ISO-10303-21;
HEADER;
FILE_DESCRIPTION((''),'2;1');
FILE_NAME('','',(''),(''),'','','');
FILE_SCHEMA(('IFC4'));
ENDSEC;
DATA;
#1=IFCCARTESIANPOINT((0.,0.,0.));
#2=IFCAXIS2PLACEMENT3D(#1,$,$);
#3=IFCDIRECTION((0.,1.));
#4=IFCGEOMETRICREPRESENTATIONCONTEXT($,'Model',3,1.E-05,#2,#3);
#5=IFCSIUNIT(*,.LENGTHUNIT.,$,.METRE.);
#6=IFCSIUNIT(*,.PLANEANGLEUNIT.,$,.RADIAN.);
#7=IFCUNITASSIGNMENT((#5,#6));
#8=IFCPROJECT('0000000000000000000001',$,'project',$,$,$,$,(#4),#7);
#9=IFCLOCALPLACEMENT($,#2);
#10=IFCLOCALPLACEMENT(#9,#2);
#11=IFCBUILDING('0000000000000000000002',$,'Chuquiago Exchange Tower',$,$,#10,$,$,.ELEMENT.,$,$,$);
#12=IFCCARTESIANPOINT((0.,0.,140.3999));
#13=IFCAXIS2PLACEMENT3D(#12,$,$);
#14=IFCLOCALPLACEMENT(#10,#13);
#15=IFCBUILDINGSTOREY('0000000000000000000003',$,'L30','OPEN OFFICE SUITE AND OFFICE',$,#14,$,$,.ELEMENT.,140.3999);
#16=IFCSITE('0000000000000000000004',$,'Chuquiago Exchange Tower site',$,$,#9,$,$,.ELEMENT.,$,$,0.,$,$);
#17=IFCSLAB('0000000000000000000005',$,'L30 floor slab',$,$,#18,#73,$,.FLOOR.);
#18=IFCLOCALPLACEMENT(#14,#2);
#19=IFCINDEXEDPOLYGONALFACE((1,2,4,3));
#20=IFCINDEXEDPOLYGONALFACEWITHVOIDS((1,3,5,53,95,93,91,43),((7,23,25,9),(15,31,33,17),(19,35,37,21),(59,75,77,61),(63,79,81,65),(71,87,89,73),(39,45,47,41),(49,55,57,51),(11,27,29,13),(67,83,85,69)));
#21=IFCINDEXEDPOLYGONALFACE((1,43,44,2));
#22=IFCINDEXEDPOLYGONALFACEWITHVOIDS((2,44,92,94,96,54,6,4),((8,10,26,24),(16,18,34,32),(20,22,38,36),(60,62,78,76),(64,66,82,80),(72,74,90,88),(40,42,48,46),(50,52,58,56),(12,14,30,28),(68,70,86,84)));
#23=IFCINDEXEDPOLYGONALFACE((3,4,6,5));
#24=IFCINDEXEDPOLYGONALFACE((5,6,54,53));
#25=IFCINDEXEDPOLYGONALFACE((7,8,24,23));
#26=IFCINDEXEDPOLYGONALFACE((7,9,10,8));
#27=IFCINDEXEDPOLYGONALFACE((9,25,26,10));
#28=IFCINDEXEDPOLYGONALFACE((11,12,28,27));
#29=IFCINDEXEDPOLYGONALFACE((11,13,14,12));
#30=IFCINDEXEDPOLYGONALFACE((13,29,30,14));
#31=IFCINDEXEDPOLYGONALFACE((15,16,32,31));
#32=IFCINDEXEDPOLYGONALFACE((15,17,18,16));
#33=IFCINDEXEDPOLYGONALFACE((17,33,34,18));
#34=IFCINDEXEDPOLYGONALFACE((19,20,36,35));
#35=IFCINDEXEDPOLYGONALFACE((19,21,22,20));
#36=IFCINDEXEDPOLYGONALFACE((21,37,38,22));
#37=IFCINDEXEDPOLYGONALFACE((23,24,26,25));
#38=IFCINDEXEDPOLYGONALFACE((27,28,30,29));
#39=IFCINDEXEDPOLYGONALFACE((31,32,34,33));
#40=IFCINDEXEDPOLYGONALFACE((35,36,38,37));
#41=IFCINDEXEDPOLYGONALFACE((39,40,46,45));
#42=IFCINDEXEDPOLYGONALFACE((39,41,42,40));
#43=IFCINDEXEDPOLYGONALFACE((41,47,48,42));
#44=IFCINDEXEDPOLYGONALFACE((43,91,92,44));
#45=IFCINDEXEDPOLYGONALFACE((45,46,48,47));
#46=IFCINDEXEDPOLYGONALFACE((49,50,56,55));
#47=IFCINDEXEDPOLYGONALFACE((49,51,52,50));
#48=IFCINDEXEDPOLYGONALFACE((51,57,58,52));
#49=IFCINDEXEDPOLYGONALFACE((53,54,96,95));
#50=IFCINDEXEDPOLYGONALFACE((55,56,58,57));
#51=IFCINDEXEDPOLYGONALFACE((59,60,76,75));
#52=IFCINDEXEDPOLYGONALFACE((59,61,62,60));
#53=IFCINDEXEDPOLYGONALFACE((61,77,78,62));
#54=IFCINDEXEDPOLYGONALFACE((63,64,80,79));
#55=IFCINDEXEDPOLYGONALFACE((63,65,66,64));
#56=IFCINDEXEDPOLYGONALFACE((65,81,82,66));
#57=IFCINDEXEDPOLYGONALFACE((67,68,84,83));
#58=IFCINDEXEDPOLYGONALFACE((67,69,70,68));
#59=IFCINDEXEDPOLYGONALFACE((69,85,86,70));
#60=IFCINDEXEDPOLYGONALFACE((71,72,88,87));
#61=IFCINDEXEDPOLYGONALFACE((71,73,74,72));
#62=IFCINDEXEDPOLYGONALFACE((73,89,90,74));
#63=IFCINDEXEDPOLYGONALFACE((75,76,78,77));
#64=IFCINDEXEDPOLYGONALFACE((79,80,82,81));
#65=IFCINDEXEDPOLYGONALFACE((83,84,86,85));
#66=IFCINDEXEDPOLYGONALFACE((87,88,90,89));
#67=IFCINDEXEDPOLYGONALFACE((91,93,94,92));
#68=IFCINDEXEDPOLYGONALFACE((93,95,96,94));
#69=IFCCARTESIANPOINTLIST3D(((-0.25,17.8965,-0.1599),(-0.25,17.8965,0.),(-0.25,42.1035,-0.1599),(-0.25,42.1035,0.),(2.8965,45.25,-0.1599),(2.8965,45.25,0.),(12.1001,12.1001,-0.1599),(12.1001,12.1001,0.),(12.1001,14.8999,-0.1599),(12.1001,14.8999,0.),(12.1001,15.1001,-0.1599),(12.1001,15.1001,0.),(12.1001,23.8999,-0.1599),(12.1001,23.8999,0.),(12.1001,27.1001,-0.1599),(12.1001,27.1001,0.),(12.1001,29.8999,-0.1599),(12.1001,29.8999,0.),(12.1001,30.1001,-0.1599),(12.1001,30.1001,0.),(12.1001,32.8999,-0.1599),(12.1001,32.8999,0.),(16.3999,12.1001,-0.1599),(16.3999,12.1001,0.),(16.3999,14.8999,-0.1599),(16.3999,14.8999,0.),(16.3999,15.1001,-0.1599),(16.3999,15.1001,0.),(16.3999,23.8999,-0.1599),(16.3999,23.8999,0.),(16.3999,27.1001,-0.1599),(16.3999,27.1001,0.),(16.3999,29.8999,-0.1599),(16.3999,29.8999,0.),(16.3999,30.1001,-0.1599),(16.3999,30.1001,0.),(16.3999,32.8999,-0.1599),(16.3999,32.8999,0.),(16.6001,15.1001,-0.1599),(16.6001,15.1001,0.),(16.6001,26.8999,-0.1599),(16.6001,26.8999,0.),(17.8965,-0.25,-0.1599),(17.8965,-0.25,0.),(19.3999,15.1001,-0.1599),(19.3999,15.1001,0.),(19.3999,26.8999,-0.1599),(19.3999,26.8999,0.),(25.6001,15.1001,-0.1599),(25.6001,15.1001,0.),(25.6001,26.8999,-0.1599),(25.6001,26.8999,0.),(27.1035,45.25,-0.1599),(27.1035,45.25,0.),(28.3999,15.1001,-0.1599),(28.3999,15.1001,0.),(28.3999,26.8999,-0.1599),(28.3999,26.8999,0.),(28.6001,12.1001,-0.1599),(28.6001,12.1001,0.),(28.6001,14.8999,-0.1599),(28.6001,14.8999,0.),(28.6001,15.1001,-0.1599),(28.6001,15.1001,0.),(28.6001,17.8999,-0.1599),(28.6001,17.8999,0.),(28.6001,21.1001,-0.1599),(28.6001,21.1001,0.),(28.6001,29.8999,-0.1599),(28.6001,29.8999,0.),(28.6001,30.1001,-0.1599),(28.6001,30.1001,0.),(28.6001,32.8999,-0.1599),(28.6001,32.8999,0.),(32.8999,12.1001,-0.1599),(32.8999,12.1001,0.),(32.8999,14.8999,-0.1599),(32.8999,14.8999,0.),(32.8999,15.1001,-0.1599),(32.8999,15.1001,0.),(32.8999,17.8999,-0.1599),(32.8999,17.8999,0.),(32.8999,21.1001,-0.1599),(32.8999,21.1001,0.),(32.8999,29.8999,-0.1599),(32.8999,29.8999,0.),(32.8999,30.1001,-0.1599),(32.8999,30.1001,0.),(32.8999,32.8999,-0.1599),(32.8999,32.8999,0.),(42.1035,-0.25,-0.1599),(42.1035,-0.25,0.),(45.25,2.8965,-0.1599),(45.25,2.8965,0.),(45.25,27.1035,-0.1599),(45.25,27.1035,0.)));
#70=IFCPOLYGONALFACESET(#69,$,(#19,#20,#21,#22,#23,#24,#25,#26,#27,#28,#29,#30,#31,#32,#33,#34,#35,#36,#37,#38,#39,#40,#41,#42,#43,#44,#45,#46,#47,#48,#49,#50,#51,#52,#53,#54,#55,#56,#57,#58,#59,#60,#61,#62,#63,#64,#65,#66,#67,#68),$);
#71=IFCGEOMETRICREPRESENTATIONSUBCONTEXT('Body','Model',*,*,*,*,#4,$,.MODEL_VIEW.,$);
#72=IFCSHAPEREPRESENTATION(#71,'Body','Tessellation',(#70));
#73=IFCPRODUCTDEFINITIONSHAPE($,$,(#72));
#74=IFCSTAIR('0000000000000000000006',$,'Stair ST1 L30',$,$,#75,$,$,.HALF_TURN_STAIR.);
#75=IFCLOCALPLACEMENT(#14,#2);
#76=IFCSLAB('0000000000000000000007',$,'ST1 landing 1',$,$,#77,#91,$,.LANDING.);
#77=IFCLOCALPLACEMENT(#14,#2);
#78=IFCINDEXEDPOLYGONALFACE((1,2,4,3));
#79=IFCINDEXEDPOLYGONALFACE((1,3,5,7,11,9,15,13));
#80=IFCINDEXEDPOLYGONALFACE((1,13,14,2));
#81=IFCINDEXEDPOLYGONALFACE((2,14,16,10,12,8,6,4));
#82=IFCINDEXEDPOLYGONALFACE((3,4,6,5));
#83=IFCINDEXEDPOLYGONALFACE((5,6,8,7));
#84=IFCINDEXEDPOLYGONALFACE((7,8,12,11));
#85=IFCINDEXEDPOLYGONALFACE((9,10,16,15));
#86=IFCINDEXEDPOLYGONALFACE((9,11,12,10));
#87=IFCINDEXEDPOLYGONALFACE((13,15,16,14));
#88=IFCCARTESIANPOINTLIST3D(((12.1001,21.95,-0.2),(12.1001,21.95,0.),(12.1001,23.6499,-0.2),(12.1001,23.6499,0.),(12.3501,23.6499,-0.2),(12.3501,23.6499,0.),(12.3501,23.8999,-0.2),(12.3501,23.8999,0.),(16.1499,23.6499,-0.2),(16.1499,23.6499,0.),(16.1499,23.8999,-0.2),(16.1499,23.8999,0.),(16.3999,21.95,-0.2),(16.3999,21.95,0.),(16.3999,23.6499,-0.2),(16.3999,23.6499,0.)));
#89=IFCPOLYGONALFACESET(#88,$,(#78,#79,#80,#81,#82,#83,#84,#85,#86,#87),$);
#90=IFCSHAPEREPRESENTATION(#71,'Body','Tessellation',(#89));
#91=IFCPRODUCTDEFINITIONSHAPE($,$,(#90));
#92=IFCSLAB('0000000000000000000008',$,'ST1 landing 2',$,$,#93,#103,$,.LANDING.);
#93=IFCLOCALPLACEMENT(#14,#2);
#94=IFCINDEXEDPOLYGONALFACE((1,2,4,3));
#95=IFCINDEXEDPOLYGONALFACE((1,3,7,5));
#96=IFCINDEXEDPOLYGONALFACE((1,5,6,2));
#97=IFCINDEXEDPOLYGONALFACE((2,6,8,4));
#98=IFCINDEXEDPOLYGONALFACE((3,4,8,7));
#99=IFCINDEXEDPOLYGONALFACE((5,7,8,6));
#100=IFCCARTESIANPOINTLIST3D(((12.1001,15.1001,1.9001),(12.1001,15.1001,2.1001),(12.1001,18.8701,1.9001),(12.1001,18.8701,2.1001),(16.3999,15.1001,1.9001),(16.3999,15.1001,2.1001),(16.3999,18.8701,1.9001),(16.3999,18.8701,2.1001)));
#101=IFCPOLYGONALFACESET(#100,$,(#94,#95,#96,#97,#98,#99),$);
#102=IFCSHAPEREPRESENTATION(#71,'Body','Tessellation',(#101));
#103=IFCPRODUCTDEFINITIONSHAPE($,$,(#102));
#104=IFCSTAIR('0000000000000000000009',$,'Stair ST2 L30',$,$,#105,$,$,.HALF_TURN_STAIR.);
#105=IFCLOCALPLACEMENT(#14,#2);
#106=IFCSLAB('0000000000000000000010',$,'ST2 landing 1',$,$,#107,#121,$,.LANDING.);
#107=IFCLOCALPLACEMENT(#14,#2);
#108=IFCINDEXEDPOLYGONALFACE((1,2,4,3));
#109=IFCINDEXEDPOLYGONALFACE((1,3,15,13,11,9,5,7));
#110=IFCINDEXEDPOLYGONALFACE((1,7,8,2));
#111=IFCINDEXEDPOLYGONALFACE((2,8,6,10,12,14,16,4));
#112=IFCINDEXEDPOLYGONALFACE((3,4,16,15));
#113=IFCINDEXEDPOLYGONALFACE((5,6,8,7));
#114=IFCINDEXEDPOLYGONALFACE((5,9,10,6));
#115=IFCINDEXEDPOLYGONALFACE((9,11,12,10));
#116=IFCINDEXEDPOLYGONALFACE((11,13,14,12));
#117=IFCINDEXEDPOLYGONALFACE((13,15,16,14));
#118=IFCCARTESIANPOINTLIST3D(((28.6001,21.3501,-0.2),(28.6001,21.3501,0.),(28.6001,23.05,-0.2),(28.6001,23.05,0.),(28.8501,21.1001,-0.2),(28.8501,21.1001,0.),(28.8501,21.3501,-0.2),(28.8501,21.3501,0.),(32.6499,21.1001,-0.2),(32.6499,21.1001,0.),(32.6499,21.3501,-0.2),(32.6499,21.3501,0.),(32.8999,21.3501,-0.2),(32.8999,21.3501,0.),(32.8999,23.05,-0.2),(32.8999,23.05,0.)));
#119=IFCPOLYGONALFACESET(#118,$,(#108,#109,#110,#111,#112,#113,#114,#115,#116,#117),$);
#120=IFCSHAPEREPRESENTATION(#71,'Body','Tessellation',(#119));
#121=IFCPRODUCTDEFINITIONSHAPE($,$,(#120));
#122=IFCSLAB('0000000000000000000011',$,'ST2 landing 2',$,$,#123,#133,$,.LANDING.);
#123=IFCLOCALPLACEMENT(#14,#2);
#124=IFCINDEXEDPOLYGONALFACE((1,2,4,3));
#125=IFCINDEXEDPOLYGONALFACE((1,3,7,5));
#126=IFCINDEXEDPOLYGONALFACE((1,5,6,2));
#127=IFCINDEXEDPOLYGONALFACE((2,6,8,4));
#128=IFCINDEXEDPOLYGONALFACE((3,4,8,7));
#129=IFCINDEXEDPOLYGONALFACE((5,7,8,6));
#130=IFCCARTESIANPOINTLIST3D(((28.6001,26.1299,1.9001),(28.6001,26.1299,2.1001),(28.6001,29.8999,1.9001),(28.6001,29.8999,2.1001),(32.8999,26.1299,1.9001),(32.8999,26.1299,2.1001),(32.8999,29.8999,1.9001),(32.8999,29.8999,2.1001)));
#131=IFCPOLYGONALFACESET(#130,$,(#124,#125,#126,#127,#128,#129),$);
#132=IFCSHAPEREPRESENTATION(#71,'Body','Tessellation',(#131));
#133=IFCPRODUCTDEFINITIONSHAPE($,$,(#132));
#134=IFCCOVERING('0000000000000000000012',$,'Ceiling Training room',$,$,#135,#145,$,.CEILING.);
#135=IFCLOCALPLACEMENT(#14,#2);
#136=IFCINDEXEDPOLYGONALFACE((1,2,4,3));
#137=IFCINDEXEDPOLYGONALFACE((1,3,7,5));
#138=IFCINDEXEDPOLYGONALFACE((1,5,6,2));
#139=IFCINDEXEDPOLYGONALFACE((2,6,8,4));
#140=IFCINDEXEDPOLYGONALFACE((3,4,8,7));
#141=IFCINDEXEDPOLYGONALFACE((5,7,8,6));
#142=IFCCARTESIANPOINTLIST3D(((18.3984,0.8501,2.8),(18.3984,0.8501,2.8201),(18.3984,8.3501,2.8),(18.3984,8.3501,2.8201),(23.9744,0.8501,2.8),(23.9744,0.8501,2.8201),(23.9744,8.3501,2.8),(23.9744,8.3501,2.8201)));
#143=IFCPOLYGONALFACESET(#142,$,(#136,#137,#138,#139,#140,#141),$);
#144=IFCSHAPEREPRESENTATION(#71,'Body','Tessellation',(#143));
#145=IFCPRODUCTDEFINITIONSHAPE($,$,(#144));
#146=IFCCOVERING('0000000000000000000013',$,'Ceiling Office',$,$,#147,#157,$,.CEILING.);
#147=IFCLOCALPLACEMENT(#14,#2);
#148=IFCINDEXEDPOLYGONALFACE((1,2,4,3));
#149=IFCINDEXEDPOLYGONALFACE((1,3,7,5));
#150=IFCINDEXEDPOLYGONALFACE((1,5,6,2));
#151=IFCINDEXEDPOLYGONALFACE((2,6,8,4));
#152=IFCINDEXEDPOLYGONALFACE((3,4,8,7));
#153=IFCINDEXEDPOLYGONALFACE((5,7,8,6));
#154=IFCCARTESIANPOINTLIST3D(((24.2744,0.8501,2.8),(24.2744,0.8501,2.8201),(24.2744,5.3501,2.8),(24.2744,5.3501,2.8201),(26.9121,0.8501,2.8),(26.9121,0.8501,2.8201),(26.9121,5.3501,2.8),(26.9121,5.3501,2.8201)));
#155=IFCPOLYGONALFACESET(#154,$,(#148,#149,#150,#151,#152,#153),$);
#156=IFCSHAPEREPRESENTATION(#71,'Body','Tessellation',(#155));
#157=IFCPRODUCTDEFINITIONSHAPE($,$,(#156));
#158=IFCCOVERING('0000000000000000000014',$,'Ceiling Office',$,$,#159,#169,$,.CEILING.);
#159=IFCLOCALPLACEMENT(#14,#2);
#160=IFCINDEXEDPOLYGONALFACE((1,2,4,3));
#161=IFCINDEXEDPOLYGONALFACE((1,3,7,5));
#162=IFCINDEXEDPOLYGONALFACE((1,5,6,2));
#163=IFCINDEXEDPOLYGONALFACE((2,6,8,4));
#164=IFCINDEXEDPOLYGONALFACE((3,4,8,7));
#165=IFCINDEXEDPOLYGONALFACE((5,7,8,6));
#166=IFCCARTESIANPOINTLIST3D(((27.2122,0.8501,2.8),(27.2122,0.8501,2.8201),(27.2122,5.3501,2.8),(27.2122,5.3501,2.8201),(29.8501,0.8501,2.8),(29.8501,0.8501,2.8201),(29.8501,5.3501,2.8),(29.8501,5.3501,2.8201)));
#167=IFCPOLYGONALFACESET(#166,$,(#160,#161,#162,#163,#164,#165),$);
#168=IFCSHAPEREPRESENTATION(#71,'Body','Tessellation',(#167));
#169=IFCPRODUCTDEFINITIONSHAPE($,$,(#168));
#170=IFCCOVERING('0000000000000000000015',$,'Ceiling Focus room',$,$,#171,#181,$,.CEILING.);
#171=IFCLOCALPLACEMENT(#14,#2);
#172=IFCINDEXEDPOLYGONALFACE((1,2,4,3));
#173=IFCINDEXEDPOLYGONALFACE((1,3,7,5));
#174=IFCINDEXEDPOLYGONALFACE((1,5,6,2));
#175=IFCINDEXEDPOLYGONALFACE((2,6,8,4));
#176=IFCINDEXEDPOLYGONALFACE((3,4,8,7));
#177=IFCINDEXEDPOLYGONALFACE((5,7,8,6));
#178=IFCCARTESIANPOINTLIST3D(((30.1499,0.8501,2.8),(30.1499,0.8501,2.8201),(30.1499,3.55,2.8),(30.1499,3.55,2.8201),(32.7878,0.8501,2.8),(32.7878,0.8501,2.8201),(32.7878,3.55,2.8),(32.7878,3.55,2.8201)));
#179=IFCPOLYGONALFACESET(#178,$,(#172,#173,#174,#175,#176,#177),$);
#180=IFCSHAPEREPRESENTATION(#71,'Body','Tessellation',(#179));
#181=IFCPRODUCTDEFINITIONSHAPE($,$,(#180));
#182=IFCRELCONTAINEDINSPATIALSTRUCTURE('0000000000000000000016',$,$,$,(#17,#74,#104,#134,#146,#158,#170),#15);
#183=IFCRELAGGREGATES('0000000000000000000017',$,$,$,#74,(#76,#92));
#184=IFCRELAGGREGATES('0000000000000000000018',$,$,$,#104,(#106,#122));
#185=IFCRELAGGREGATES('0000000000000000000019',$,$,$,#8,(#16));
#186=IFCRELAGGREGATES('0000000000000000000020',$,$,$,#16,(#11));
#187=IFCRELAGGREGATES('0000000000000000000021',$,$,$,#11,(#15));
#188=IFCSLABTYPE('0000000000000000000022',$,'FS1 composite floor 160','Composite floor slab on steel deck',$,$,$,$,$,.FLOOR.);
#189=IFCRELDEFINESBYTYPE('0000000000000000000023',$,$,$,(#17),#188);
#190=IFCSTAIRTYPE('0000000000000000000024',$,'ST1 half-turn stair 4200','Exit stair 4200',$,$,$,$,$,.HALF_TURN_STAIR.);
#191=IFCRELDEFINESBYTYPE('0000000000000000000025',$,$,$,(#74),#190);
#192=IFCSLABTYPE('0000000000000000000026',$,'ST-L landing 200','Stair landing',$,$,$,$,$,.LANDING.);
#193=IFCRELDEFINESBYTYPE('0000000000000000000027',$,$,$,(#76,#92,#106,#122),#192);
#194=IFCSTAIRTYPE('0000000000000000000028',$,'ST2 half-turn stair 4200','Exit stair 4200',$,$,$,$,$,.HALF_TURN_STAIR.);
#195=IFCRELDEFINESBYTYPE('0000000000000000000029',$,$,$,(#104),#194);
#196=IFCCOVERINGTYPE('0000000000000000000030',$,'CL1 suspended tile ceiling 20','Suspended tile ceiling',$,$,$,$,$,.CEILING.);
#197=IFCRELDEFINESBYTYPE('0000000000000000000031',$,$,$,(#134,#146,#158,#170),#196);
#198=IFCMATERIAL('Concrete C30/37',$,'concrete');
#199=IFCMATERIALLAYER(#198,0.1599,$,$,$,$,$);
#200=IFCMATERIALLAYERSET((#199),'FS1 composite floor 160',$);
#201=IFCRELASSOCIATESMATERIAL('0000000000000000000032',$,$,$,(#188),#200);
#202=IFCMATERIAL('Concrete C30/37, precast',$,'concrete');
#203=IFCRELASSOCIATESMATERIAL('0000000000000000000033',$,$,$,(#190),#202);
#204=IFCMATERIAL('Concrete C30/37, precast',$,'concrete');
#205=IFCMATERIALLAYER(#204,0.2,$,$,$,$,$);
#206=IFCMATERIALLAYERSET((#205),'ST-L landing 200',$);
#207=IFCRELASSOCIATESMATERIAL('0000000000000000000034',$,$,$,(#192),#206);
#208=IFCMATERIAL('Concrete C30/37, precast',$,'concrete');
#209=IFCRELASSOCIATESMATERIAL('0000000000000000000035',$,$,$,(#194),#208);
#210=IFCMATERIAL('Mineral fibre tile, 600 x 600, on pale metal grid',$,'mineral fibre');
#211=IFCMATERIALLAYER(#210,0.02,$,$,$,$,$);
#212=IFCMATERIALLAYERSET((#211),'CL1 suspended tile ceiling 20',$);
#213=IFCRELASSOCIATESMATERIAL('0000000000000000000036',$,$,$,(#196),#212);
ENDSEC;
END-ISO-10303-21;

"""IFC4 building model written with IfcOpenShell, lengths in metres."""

from ifc_helpers import new_model, si_unit, direction, frame, origin, place, context, subcontext, project, spatial, polyline, outline, extrude, material, layer, layer_set, type_object, element, aggregate, save


model = new_model("IFC4")

# Units and contexts
model_context = context("Model", 3, precision=1e-05, world=origin(), true_north=direction((0.0, 1.0)))
body_context = subcontext(model_context, "Body", "Model", "MODEL_VIEW")
ifc_project = project(units=[si_unit("LENGTHUNIT", "METRE"), si_unit("PLANEANGLEUNIT", "RADIAN")], contexts=[model_context])

# Site, building, storey
site_placement = place(None, origin())
site = spatial("IfcSite", under=ifc_project, at=site_placement, Name="Chuquiago Exchange Tower site", CompositionType="ELEMENT", RefElevation=0.0)
building_placement = place(site_placement, origin())
building = spatial("IfcBuilding", under=site, at=building_placement, Name="Chuquiago Exchange Tower", CompositionType="ELEMENT")
storey_placement = place(building_placement, frame((0.0, 0.0, 140.3999)))
storey = spatial("IfcBuildingStorey", under=building, at=storey_placement, Name="L30", Description="OPEN OFFICE SUITE AND OFFICE", CompositionType="ELEMENT", Elevation=140.3999)

# Slab
ifc_material_1 = material(Name="Concrete C30/37", Category="concrete")
ifc_layer_1 = layer(ifc_material_1, 0.1599)
ifc_layer_set_1 = layer_set([ifc_layer_1], Name="FS1 composite floor 160")
slab_type_1 = type_object("IfcSlabType", Name="FS1 composite floor 160", Description="Composite floor slab on steel deck", PredefinedType="FLOOR", material=ifc_layer_set_1)
slab_1_placement = place(storey_placement, frame((0.0, 0.0, -0.1599)))
element("IfcSlab", 1, at=slab_1_placement, inside=storey, type_object=slab_type_1, Name="L30 floor slab", PredefinedType="FLOOR", context=body_context, shape_type="SweptSolid", body=[
    extrude(outline(polyline([(17.8965, -0.25), (-0.25, 17.8965), (-0.25, 42.1035), (2.8965, 45.25), (27.1035, 45.25), (45.25, 27.1035), (45.25, 2.8965), (42.1035, -0.25), (17.8965, -0.25)]), holes=[polyline([(16.3999, 15.1001), (12.1001, 15.1001), (12.1001, 23.8999), (16.3999, 23.8999), (16.3999, 15.1001)]), polyline([(32.8999, 21.1001), (28.6001, 21.1001), (28.6001, 29.8999), (32.8999, 29.8999), (32.8999, 21.1001)]), polyline([(16.3999, 12.1001), (12.1001, 12.1001), (12.1001, 14.8999), (16.3999, 14.8999), (16.3999, 12.1001)]), polyline([(16.3999, 30.1001), (12.1001, 30.1001), (12.1001, 32.8999), (16.3999, 32.8999), (16.3999, 30.1001)]), polyline([(32.8999, 12.1001), (28.6001, 12.1001), (28.6001, 14.8999), (32.8999, 14.8999), (32.8999, 12.1001)]), polyline([(32.8999, 30.1001), (28.6001, 30.1001), (28.6001, 32.8999), (32.8999, 32.8999), (32.8999, 30.1001)]), polyline([(16.3999, 27.1001), (12.1001, 27.1001), (12.1001, 29.8999), (16.3999, 29.8999), (16.3999, 27.1001)]), polyline([(32.8999, 15.1001), (28.6001, 15.1001), (28.6001, 17.8999), (32.8999, 17.8999), (32.8999, 15.1001)]), polyline([(19.3999, 15.1001), (16.6001, 15.1001), (16.6001, 26.8999), (19.3999, 26.8999), (19.3999, 15.1001)]), polyline([(28.3999, 15.1001), (25.6001, 15.1001), (25.6001, 26.8999), (28.3999, 26.8999), (28.3999, 15.1001)])]), origin(), (0.0, 0.0, 1.0), 0.1599),
])

# Stairs, slabs
ifc_material_2 = material(Name="Concrete C30/37, precast", Category="concrete")
stair_type_1 = type_object("IfcStairType", Name="ST1 half-turn stair 4200", Description="Exit stair 4200", PredefinedType="HALF_TURN_STAIR", material=ifc_material_2)
stair_1_placement = place(storey_placement, origin())
stair_1 = element("IfcStair", 2, at=stair_1_placement, inside=storey, type_object=stair_type_1, Name="Stair ST1 L30", PredefinedType="HALF_TURN_STAIR")
ifc_material_3 = material(Name="Concrete C30/37, precast", Category="concrete")
ifc_layer_2 = layer(ifc_material_3, 0.2)
ifc_layer_set_2 = layer_set([ifc_layer_2], Name="ST-L landing 200")
slab_type_2 = type_object("IfcSlabType", Name="ST-L landing 200", Description="Stair landing", PredefinedType="LANDING", material=ifc_layer_set_2)
slab_2_placement = place(storey_placement, frame((0.0, 0.0, -0.2)))
slab_2 = element("IfcSlab", 3, at=slab_2_placement, type_object=slab_type_2, Name="ST1 landing 1", PredefinedType="LANDING", context=body_context, shape_type="SweptSolid", body=[
    extrude(outline(polyline([(12.3501, 23.8999), (16.1499, 23.8999), (16.1499, 23.6499), (16.3999, 23.6499), (16.3999, 21.95), (12.1001, 21.95), (12.1001, 23.6499), (12.3501, 23.6499), (12.3501, 23.8999)])), origin(), (0.0, 0.0, 1.0), 0.2),
])
slab_3_placement = place(storey_placement, frame((0.0, 0.0, 1.9001)))
slab_3 = element("IfcSlab", 4, at=slab_3_placement, type_object=slab_type_2, Name="ST1 landing 2", PredefinedType="LANDING", context=body_context, shape_type="SweptSolid", body=[
    extrude(outline(polyline([(12.1001, 18.8701), (16.3999, 18.8701), (16.3999, 15.1001), (12.1001, 15.1001), (12.1001, 18.8701)])), origin(), (0.0, 0.0, 1.0), 0.2),
])
aggregate(stair_1, [slab_2, slab_3])
ifc_material_4 = material(Name="Concrete C30/37, precast", Category="concrete")
stair_type_2 = type_object("IfcStairType", Name="ST2 half-turn stair 4200", Description="Exit stair 4200", PredefinedType="HALF_TURN_STAIR", material=ifc_material_4)
stair_2_placement = place(storey_placement, origin())
stair_2 = element("IfcStair", 5, at=stair_2_placement, inside=storey, type_object=stair_type_2, Name="Stair ST2 L30", PredefinedType="HALF_TURN_STAIR")
slab_4_placement = place(storey_placement, frame((0.0, 0.0, -0.2)))
slab_4 = element("IfcSlab", 6, at=slab_4_placement, type_object=slab_type_2, Name="ST2 landing 1", PredefinedType="LANDING", context=body_context, shape_type="SweptSolid", body=[
    extrude(outline(polyline([(32.6499, 21.3501), (32.6499, 21.1001), (28.8501, 21.1001), (28.8501, 21.3501), (28.6001, 21.3501), (28.6001, 23.05), (32.8999, 23.05), (32.8999, 21.3501), (32.6499, 21.3501)])), origin(), (0.0, 0.0, 1.0), 0.2),
])
slab_5_placement = place(storey_placement, frame((0.0, 0.0, 1.9001)))
slab_5 = element("IfcSlab", 7, at=slab_5_placement, type_object=slab_type_2, Name="ST2 landing 2", PredefinedType="LANDING", context=body_context, shape_type="SweptSolid", body=[
    extrude(outline(polyline([(28.6001, 29.8999), (32.8999, 29.8999), (32.8999, 26.1299), (28.6001, 26.1299), (28.6001, 29.8999)])), origin(), (0.0, 0.0, 1.0), 0.2),
])
aggregate(stair_2, [slab_4, slab_5])

# Coverings
ifc_material_5 = material(Name="Mineral fibre tile, 600 x 600, on pale metal grid", Category="mineral fibre")
ifc_layer_3 = layer(ifc_material_5, 0.02)
ifc_layer_set_3 = layer_set([ifc_layer_3], Name="CL1 suspended tile ceiling 20")
covering_type_1 = type_object("IfcCoveringType", Name="CL1 suspended tile ceiling 20", Description="Suspended tile ceiling", PredefinedType="CEILING", material=ifc_layer_set_3)
covering_1_placement = place(storey_placement, frame((0.0, 0.0, 2.8)))
element("IfcCovering", 8, at=covering_1_placement, inside=storey, type_object=covering_type_1, Name="Ceiling Training room", PredefinedType="CEILING", context=body_context, shape_type="SweptSolid", body=[
    extrude(outline(polyline([(18.3984, 8.3501), (23.9744, 8.3501), (23.9744, 0.8501), (18.3984, 0.8501), (18.3984, 8.3501)])), origin(), (0.0, 0.0, 1.0), 0.02),
])
covering_2_placement = place(storey_placement, frame((0.0, 0.0, 2.8)))
element("IfcCovering", 9, at=covering_2_placement, inside=storey, type_object=covering_type_1, Name="Ceiling Office", PredefinedType="CEILING", context=body_context, shape_type="SweptSolid", body=[
    extrude(outline(polyline([(24.2744, 5.3501), (26.9121, 5.3501), (26.9121, 0.8501), (24.2744, 0.8501), (24.2744, 5.3501)])), origin(), (0.0, 0.0, 1.0), 0.02),
])
covering_3_placement = place(storey_placement, frame((0.0, 0.0, 2.8)))
element("IfcCovering", 10, at=covering_3_placement, inside=storey, type_object=covering_type_1, Name="Ceiling Office", PredefinedType="CEILING", context=body_context, shape_type="SweptSolid", body=[
    extrude(outline(polyline([(27.2122, 5.3501), (29.8501, 5.3501), (29.8501, 0.8501), (27.2122, 0.8501), (27.2122, 5.3501)])), origin(), (0.0, 0.0, 1.0), 0.02),
])
covering_4_placement = place(storey_placement, frame((0.0, 0.0, 2.8)))
element("IfcCovering", 11, at=covering_4_placement, inside=storey, type_object=covering_type_1, Name="Ceiling Focus room", PredefinedType="CEILING", context=body_context, shape_type="SweptSolid", body=[
    extrude(outline(polyline([(30.1499, 3.55), (32.7878, 3.55), (32.7878, 0.8501), (30.1499, 0.8501), (30.1499, 3.55)])), origin(), (0.0, 0.0, 1.0), 0.02),
])

save(model, "model.ifc")
